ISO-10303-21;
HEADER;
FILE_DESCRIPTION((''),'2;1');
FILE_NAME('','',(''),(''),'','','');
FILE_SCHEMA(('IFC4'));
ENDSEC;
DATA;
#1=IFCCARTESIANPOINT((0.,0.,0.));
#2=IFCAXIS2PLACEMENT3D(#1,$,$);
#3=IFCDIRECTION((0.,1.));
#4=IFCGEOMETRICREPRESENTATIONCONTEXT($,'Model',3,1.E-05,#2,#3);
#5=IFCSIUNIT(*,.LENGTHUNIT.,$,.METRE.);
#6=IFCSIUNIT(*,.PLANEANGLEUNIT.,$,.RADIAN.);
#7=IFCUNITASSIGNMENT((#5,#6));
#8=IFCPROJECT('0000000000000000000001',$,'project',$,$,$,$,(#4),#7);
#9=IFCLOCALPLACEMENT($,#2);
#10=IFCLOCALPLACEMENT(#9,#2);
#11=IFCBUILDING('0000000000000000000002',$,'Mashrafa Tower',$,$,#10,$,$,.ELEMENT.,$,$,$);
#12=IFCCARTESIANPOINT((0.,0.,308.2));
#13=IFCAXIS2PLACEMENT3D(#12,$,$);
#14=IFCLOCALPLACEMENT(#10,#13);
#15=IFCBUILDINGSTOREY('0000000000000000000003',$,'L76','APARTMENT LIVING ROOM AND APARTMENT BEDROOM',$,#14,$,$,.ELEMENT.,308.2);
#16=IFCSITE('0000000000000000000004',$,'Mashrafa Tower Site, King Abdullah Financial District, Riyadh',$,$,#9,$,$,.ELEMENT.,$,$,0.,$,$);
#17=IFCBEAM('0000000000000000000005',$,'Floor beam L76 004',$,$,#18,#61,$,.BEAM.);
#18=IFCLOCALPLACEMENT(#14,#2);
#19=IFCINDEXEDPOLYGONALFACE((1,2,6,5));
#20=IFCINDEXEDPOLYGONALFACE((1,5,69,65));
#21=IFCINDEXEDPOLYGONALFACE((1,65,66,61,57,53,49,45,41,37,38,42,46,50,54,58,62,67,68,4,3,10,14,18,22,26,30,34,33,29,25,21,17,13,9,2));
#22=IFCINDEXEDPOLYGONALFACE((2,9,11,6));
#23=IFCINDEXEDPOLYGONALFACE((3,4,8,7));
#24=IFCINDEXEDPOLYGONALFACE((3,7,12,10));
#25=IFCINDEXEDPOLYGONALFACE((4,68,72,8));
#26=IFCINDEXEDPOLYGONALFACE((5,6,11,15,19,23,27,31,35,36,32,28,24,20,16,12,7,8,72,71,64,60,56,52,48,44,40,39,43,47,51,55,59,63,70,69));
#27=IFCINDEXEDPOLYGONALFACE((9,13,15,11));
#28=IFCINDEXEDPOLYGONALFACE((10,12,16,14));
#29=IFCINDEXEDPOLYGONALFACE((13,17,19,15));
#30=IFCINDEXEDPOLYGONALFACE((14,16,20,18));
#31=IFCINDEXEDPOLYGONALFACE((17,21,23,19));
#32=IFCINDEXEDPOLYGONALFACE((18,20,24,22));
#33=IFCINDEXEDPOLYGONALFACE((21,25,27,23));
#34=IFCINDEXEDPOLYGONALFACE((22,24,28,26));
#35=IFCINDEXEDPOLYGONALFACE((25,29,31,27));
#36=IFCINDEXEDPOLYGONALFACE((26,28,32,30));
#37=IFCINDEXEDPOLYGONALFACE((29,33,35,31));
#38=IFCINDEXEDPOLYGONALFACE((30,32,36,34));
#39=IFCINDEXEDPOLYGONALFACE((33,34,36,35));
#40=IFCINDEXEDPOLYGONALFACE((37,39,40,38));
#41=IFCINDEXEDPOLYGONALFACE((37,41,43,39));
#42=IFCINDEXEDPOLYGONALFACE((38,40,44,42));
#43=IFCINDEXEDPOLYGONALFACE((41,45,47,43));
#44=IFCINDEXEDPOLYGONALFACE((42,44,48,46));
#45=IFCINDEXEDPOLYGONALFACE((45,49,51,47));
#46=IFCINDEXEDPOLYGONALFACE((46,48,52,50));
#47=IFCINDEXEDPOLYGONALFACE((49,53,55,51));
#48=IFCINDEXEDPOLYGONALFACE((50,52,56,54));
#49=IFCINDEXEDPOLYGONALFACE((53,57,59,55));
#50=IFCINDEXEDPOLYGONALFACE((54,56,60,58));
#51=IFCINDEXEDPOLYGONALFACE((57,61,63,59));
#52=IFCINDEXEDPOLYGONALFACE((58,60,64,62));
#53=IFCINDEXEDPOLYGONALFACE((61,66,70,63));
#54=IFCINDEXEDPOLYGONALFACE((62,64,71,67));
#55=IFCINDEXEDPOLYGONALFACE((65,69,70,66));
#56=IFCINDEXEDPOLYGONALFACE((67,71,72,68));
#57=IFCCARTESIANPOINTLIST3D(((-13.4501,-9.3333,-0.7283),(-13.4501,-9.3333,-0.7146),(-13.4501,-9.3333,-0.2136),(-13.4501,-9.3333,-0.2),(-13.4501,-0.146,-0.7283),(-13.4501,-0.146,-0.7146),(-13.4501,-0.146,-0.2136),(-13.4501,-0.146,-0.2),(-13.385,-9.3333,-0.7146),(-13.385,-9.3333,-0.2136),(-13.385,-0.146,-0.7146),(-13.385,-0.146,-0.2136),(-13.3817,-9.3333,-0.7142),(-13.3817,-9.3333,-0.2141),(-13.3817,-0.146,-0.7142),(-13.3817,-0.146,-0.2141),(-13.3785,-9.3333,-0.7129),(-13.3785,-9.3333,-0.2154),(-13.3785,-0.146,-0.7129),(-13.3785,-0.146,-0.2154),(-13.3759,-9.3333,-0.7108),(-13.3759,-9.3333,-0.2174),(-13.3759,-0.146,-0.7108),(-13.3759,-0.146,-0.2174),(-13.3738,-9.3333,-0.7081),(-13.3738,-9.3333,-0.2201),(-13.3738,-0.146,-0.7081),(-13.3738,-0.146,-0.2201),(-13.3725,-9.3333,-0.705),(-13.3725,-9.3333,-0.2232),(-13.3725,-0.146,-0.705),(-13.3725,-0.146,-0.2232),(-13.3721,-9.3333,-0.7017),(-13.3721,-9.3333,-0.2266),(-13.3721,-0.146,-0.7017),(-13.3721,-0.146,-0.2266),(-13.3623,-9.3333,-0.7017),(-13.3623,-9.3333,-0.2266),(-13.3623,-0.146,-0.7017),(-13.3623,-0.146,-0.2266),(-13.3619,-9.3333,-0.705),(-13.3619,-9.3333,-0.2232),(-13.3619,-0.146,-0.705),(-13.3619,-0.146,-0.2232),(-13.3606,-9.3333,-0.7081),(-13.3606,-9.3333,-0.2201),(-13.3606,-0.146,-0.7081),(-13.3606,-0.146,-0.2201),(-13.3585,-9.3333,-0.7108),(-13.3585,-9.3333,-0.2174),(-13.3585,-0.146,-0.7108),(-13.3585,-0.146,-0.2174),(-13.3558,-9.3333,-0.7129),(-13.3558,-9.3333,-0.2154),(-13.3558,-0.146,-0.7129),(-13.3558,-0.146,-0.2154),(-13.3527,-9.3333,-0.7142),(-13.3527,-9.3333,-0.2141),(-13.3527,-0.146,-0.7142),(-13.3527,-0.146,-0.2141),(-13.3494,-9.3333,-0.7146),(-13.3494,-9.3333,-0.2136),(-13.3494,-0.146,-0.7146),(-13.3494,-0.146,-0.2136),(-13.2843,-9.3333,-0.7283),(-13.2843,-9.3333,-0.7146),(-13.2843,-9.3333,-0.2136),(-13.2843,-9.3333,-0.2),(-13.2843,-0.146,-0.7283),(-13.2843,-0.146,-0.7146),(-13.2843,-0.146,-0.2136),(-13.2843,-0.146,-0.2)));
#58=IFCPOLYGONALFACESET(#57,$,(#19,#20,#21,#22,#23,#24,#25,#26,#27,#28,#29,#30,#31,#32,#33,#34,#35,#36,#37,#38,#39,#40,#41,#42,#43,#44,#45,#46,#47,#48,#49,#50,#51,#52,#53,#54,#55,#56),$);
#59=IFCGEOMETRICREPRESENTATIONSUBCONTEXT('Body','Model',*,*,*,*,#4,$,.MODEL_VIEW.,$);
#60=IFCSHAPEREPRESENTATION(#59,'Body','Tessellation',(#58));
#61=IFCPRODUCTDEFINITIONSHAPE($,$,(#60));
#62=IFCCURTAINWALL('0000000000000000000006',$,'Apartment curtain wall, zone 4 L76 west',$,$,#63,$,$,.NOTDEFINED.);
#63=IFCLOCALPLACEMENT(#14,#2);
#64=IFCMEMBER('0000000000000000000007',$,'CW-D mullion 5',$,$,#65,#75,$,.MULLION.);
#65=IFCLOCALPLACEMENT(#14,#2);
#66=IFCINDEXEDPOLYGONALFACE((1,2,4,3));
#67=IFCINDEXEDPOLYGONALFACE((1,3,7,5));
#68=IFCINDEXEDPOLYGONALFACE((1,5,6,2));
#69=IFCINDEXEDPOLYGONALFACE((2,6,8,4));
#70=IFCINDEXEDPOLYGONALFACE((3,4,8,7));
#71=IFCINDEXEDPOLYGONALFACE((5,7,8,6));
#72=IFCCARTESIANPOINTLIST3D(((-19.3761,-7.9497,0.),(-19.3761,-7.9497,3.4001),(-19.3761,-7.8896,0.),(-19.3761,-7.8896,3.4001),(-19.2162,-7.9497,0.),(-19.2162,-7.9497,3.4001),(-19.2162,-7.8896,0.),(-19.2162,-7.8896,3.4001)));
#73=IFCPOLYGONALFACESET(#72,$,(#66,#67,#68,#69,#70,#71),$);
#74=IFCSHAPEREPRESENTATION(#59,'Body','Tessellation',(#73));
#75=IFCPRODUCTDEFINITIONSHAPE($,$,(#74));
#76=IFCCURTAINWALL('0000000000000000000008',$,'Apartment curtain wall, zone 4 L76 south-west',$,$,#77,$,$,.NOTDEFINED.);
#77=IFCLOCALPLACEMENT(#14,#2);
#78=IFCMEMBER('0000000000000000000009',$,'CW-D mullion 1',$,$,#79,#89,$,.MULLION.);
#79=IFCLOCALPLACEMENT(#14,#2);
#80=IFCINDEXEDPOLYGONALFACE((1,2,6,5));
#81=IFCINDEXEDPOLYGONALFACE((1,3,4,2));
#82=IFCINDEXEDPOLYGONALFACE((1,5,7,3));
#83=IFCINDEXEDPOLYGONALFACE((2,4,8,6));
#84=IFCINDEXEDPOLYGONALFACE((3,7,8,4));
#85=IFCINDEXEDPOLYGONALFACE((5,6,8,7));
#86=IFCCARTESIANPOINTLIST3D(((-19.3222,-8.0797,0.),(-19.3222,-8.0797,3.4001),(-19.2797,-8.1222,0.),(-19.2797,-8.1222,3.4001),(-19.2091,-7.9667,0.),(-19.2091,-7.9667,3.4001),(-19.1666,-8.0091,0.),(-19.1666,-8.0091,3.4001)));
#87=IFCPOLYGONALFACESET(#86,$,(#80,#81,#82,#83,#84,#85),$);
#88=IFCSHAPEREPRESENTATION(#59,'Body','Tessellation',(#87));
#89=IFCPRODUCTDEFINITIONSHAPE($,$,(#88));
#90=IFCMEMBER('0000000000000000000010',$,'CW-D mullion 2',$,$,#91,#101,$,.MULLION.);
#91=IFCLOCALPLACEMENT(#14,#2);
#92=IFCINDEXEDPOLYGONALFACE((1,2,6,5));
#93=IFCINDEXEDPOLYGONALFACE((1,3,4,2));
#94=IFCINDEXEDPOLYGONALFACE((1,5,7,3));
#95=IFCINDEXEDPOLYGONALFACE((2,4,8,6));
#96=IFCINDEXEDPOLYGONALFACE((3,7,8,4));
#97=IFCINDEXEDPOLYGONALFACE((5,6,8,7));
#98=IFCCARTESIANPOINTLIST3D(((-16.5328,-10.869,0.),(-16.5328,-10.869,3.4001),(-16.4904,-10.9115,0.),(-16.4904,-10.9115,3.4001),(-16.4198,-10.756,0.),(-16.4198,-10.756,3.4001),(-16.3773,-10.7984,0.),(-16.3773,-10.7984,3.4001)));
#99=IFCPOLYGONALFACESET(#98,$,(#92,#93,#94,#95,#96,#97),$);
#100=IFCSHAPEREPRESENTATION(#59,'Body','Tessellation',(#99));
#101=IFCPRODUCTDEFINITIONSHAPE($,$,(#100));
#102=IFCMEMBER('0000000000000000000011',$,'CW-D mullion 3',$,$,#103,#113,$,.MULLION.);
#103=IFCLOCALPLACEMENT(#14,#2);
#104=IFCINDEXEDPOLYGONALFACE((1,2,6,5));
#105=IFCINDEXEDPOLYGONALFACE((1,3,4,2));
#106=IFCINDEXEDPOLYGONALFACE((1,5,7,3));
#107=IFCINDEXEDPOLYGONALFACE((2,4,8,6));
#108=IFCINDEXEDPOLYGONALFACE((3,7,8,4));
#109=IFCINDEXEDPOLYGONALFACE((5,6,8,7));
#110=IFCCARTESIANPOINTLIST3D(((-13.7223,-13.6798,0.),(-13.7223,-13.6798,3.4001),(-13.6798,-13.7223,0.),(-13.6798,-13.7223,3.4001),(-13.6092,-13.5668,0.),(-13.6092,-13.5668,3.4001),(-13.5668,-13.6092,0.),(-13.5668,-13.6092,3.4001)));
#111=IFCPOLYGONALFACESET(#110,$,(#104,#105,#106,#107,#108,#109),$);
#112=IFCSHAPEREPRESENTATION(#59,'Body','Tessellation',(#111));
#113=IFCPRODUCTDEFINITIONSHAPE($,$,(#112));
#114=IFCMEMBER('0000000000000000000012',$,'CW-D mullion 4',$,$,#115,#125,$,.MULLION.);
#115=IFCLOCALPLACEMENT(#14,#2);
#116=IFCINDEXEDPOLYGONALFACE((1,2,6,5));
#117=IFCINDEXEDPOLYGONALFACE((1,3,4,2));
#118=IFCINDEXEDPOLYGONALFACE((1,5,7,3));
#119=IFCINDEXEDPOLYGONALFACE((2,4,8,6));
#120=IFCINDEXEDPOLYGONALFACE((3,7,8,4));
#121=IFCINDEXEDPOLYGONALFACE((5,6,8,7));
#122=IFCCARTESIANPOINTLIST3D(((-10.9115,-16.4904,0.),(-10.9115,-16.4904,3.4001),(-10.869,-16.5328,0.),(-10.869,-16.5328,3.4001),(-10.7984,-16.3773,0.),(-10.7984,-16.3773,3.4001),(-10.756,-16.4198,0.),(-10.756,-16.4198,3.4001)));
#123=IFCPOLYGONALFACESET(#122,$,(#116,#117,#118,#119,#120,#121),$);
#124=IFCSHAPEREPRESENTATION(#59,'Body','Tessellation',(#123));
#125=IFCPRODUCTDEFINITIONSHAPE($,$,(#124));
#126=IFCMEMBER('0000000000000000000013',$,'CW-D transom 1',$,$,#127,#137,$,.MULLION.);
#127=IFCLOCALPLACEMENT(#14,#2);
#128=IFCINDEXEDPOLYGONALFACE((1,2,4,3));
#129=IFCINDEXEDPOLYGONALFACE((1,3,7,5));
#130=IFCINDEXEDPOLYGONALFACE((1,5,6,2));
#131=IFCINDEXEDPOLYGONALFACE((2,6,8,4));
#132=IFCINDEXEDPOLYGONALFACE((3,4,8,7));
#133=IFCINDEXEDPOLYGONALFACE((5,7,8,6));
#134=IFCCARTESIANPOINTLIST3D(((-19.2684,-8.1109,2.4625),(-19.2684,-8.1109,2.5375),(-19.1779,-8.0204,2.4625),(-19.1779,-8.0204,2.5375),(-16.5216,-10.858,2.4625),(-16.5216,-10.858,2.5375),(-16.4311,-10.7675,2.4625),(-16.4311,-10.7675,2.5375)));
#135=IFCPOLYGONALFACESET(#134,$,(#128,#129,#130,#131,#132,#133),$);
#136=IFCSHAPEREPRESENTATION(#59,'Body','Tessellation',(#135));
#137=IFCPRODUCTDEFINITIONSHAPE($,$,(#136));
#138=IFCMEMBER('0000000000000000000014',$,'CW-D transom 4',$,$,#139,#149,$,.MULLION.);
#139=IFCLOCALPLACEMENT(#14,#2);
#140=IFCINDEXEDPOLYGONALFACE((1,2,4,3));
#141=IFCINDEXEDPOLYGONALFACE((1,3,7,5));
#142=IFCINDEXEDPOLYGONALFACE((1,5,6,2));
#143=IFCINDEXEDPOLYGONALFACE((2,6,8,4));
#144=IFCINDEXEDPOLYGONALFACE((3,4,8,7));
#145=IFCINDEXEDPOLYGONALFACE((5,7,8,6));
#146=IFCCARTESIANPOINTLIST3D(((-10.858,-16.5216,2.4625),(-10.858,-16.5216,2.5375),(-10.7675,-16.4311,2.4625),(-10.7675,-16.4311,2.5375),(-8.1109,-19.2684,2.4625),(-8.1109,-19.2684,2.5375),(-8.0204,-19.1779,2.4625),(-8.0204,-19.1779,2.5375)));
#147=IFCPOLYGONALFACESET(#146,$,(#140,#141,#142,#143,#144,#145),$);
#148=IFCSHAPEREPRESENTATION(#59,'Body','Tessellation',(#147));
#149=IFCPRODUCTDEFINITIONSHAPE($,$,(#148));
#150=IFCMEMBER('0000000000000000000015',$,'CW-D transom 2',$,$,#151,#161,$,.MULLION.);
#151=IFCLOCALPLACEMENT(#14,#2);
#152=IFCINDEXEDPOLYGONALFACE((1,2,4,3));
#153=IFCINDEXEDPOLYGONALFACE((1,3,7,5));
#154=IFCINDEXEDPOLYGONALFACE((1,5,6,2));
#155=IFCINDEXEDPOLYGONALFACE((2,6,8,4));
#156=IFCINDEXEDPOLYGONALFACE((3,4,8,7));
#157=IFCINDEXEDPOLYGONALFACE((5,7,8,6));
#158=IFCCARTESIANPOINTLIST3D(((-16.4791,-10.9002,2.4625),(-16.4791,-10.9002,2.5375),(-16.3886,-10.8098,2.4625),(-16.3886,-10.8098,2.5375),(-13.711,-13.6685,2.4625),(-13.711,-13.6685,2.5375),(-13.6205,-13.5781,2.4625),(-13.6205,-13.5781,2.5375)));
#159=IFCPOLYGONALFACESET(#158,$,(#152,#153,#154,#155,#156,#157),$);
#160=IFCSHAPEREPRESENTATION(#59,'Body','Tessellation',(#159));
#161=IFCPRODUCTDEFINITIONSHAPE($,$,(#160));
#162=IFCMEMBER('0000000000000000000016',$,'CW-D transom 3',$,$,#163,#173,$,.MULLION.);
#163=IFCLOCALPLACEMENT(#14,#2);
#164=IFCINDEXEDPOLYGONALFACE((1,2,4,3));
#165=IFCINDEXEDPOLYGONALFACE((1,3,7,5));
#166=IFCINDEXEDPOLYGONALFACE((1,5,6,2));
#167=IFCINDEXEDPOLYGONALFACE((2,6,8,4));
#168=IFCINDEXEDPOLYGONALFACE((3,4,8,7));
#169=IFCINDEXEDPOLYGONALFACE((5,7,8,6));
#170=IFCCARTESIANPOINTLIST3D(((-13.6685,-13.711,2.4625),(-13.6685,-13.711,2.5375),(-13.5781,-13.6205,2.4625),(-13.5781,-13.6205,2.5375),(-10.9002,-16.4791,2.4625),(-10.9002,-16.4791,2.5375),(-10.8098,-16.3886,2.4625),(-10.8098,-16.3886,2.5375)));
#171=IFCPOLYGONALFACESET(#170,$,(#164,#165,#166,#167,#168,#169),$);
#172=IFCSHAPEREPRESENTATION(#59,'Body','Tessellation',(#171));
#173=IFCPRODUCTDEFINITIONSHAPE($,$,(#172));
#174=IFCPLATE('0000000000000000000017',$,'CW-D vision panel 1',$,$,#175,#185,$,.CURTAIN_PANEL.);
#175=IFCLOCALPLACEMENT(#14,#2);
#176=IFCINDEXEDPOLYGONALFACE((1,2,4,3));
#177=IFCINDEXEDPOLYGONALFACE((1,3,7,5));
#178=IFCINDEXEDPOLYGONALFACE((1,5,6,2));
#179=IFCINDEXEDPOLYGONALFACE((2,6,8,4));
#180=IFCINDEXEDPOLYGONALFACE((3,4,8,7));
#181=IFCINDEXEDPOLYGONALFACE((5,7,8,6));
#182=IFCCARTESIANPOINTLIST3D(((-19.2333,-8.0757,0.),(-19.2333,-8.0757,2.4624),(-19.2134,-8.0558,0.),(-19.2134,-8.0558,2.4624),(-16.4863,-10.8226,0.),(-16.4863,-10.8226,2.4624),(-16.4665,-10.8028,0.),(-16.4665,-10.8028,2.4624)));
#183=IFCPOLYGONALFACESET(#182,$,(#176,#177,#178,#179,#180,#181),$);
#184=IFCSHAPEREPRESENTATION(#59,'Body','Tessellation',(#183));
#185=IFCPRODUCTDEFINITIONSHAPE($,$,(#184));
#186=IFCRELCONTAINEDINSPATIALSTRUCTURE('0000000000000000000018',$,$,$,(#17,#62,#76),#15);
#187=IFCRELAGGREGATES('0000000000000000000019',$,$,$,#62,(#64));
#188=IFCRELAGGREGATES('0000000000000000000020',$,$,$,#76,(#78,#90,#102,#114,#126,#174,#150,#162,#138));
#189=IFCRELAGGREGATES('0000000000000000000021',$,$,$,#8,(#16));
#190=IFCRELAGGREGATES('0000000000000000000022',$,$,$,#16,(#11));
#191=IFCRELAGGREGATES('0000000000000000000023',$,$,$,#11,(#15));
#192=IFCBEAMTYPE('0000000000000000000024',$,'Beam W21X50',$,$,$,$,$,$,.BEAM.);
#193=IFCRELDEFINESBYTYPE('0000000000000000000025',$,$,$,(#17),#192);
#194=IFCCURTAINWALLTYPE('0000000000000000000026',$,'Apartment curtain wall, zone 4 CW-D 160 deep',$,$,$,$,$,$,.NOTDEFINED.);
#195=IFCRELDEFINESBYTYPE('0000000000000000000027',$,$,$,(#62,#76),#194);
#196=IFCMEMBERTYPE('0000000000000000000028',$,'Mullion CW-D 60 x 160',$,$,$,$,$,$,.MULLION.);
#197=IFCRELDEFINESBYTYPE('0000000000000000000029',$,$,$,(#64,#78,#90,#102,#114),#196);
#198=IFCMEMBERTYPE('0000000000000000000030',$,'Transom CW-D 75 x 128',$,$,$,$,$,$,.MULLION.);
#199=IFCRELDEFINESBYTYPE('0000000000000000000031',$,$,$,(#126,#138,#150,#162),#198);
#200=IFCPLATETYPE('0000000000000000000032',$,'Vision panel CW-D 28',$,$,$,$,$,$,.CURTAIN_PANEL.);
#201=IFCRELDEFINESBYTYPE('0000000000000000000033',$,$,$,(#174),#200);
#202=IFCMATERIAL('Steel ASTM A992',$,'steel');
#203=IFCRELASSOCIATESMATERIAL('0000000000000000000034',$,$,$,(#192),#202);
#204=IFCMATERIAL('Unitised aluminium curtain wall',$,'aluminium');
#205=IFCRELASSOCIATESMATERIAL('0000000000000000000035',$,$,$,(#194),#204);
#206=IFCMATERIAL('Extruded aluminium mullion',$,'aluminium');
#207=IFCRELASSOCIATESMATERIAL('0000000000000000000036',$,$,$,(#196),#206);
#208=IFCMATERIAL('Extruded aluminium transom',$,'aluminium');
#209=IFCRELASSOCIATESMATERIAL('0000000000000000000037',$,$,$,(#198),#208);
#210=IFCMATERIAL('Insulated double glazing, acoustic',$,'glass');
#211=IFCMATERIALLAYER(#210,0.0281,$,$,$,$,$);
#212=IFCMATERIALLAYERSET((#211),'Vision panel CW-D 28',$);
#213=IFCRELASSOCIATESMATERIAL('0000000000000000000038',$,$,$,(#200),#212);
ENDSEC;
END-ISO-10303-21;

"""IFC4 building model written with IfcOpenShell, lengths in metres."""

from ifc_helpers import new_model, si_unit, direction, frame, origin, origin_2d, place, context, subcontext, project, spatial, rectangle, i_section, extrude, source, transform, mapped, material, layer, layer_set, material_profile, profile_set, type_object, type_shapes, element, aggregate, save


model = new_model("IFC4")

# Units and contexts
model_context = context("Model", 3, precision=1e-05, world=origin(), true_north=direction((0.0, 1.0)))
body_context = subcontext(model_context, "Body", "Model", "MODEL_VIEW")
ifc_project = project(units=[si_unit("LENGTHUNIT", "METRE"), si_unit("PLANEANGLEUNIT", "RADIAN")], contexts=[model_context])

# Site, building, storey
site_placement = place(None, origin())
site = spatial("IfcSite", under=ifc_project, at=site_placement, Name="Mashrafa Tower Site, King Abdullah Financial District, Riyadh", CompositionType="ELEMENT", RefElevation=0.0)
building_placement = place(site_placement, origin())
building = spatial("IfcBuilding", under=site, at=building_placement, Name="Mashrafa Tower", CompositionType="ELEMENT")
storey_placement = place(building_placement, frame((0.0, 0.0, 308.2)))
storey = spatial("IfcBuildingStorey", under=building, at=storey_placement, Name="L76", Description="APARTMENT LIVING ROOM AND APARTMENT BEDROOM", CompositionType="ELEMENT", Elevation=308.2)

# Beam
ifc_material_1 = material(Name="Steel ASTM A992", Category="steel")
ifc_material_profile_1 = material_profile(ifc_material_1, i_section(OverallWidth=0.1658, OverallDepth=0.5283, WebThickness=0.0098, FlangeThickness=0.0137, FilletRadius=0.0129, at=origin_2d()), Name="W21X50")
ifc_profile_set_1 = profile_set([ifc_material_profile_1], Name="Steel ASTM A992")
beam_type_1 = type_object("IfcBeamType", Name="Beam W21X50", PredefinedType="BEAM", material=ifc_profile_set_1)
beam_1_placement = place(storey_placement, frame((-13.3672, -9.3333, -0.4641), z_axis=(0.0, 1.0, 0.0), x_axis=(-1.0, 0.0, 0.0)))
element("IfcBeam", 1, at=beam_1_placement, inside=storey, type_object=beam_type_1, Name="Floor beam L76 004", PredefinedType="BEAM", context=body_context, shape_type="SweptSolid", body=[
    extrude(i_section(OverallWidth=0.1658, OverallDepth=0.5283, WebThickness=0.0098, FlangeThickness=0.0137, FilletRadius=0.0129, at=origin_2d()), origin(), (0.0, 0.0, 1.0), 9.1873),
])

# Curtain wall, member
ifc_material_2 = material(Name="Unitised aluminium curtain wall", Category="aluminium")
curtain_wall_type = type_object("IfcCurtainWallType", Name="Apartment curtain wall, zone 4 CW-D 160 deep", PredefinedType="NOTDEFINED", material=ifc_material_2)
curtain_wall_1_placement = place(storey_placement, origin())
curtain_wall_1 = element("IfcCurtainWall", 2, at=curtain_wall_1_placement, inside=storey, type_object=curtain_wall_type, Name="Apartment curtain wall, zone 4 L76 west", PredefinedType="NOTDEFINED")
ifc_material_3 = material(Name="Extruded aluminium mullion", Category="aluminium")
ifc_material_profile_2 = material_profile(ifc_material_3, rectangle(XDim=0.1599, YDim=0.0601, at=origin_2d()), Name="Mullion 60x160")
ifc_profile_set_2 = profile_set([ifc_material_profile_2], Name="Extruded aluminium mullion")
member_type_1 = type_object("IfcMemberType", Name="Mullion CW-D 60 x 160", PredefinedType="MULLION", material=ifc_profile_set_2)
shared_shape_1 = source(origin(), body_context, "Body", "SweptSolid", [
    extrude(rectangle(XDim=0.1599, YDim=0.0601, at=origin_2d()), origin(), (0.0, 0.0, 1.0), 3.4001),
])
type_shapes(member_type_1, [shared_shape_1])
member_1_placement = place(storey_placement, frame((-19.2961, -7.9197, 0.0), z_axis=(0.0, 0.0, 1.0), x_axis=(1.0, 0.0, 0.0)))
member_1 = element("IfcMember", 3, at=member_1_placement, type_object=member_type_1, Name="CW-D mullion 5", PredefinedType="MULLION", context=body_context, shape_type="MappedRepresentation", body=[
    mapped(shared_shape_1, transform((0.0, 0.0, 0.0))),
])
aggregate(curtain_wall_1, [member_1])

# Curtain wall, members, plate
curtain_wall_2_placement = place(storey_placement, origin())
curtain_wall_2 = element("IfcCurtainWall", 4, at=curtain_wall_2_placement, inside=storey, type_object=curtain_wall_type, Name="Apartment curtain wall, zone 4 L76 south-west", PredefinedType="NOTDEFINED")
member_2_placement = place(storey_placement, frame((-19.2444, -8.0444, 0.0), z_axis=(0.0, 0.0, 1.0), x_axis=(0.707107, 0.707107, 0.0)))
member_2 = element("IfcMember", 5, at=member_2_placement, type_object=member_type_1, Name="CW-D mullion 1", PredefinedType="MULLION", context=body_context, shape_type="MappedRepresentation", body=[
    mapped(shared_shape_1, transform((0.0, 0.0, 0.0))),
])
member_3_placement = place(storey_placement, frame((-16.4551, -10.8337, 0.0), z_axis=(0.0, 0.0, 1.0), x_axis=(0.707107, 0.707107, 0.0)))
member_3 = element("IfcMember", 6, at=member_3_placement, type_object=member_type_1, Name="CW-D mullion 2", PredefinedType="MULLION", context=body_context, shape_type="MappedRepresentation", body=[
    mapped(shared_shape_1, transform((0.0, 0.0, 0.0))),
])
member_4_placement = place(storey_placement, frame((-13.6445, -13.6445, 0.0), z_axis=(0.0, 0.0, 1.0), x_axis=(0.707107, 0.707107, 0.0)))
member_4 = element("IfcMember", 7, at=member_4_placement, type_object=member_type_1, Name="CW-D mullion 3", PredefinedType="MULLION", context=body_context, shape_type="MappedRepresentation", body=[
    mapped(shared_shape_1, transform((0.0, 0.0, 0.0))),
])
member_5_placement = place(storey_placement, frame((-10.8337, -16.4551, 0.0), z_axis=(0.0, 0.0, 1.0), x_axis=(0.707107, 0.707107, 0.0)))
member_5 = element("IfcMember", 8, at=member_5_placement, type_object=member_type_1, Name="CW-D mullion 4", PredefinedType="MULLION", context=body_context, shape_type="MappedRepresentation", body=[
    mapped(shared_shape_1, transform((0.0, 0.0, 0.0))),
])
ifc_material_4 = material(Name="Extruded aluminium transom", Category="aluminium")
ifc_material_profile_3 = material_profile(ifc_material_4, rectangle(XDim=0.1279, YDim=0.075, at=origin_2d()), Name="Transom 75x128")
ifc_profile_set_3 = profile_set([ifc_material_profile_3], Name="Extruded aluminium transom")
member_type_2 = type_object("IfcMemberType", Name="Transom CW-D 75 x 128", PredefinedType="MULLION", material=ifc_profile_set_3)
shared_shape_2 = source(origin(), body_context, "Body", "SweptSolid", [
    extrude(rectangle(XDim=0.1279, YDim=0.075, at=origin_2d()), origin(), (0.0, 0.0, 1.0), 3.8848),
])
member_6_placement = place(storey_placement, frame((-19.2231, -8.0657, 2.5), z_axis=(0.707075, -0.707138, 0.0), x_axis=(0.707138, 0.707075, 0.0)))
member_6 = element("IfcMember", 9, at=member_6_placement, type_object=member_type_2, Name="CW-D transom 1", PredefinedType="MULLION", context=body_context, shape_type="MappedRepresentation", body=[
    mapped(shared_shape_2, transform((0.0, 0.0, 0.0))),
])
member_7_placement = place(storey_placement, frame((-10.8127, -16.4763, 2.5), z_axis=(0.707138, -0.707075, 0.0), x_axis=(0.707075, 0.707138, 0.0)))
member_7 = element("IfcMember", 10, at=member_7_placement, type_object=member_type_2, Name="CW-D transom 4", PredefinedType="MULLION", context=body_context, shape_type="MappedRepresentation", body=[
    mapped(shared_shape_2, transform((0.0, 0.0, 0.0))),
])
shared_shape_3 = source(origin(), body_context, "Body", "SweptSolid", [
    extrude(rectangle(XDim=0.1279, YDim=0.075, at=origin_2d()), origin(), (0.0, 0.0, 1.0), 3.9148),
])
type_shapes(member_type_2, [shared_shape_2, shared_shape_3])
member_8_placement = place(storey_placement, frame((-16.4338, -10.855, 2.5), z_axis=(0.707076, -0.707138, 0.0), x_axis=(0.707138, 0.707076, 0.0)))
member_8 = element("IfcMember", 11, at=member_8_placement, type_object=member_type_2, Name="CW-D transom 2", PredefinedType="MULLION", context=body_context, shape_type="MappedRepresentation", body=[
    mapped(shared_shape_3, transform((0.0, 0.0, 0.0))),
])
member_9_placement = place(storey_placement, frame((-13.6233, -13.6658, 2.5), z_axis=(0.707138, -0.707076, 0.0), x_axis=(0.707076, 0.707138, 0.0)))
member_9 = element("IfcMember", 12, at=member_9_placement, type_object=member_type_2, Name="CW-D transom 3", PredefinedType="MULLION", context=body_context, shape_type="MappedRepresentation", body=[
    mapped(shared_shape_3, transform((0.0, 0.0, 0.0))),
])
ifc_material_5 = material(Name="Insulated double glazing, acoustic", Category="glass")
ifc_layer_1 = layer(ifc_material_5, 0.0281)
ifc_layer_set_1 = layer_set([ifc_layer_1], Name="Vision panel CW-D 28")
plate_type_1 = type_object("IfcPlateType", Name="Vision panel CW-D 28", PredefinedType="CURTAIN_PANEL", material=ifc_layer_set_1)
shared_shape_4 = source(origin(), body_context, "Body", "SweptSolid", [
    extrude(rectangle(XDim=3.8848, YDim=0.0281, at=origin_2d()), origin(), (0.0, 0.0, 1.0), 2.4624),
])
plate_1_placement = place(storey_placement, frame((-17.8499, -9.4392, 0.0), z_axis=(0.0, 0.0, 1.0), x_axis=(0.707107, -0.707107, 0.0)))
plate_1 = element("IfcPlate", 13, at=plate_1_placement, type_object=plate_type_1, Name="CW-D vision panel 1", PredefinedType="CURTAIN_PANEL", context=body_context, shape_type="MappedRepresentation", body=[
    mapped(shared_shape_4, transform((0.0, 0.0, 0.0))),
])
aggregate(curtain_wall_2, [member_2, member_3, member_4, member_5, member_6, plate_1, member_8, member_9, member_7])

save(model, "model.ifc")
